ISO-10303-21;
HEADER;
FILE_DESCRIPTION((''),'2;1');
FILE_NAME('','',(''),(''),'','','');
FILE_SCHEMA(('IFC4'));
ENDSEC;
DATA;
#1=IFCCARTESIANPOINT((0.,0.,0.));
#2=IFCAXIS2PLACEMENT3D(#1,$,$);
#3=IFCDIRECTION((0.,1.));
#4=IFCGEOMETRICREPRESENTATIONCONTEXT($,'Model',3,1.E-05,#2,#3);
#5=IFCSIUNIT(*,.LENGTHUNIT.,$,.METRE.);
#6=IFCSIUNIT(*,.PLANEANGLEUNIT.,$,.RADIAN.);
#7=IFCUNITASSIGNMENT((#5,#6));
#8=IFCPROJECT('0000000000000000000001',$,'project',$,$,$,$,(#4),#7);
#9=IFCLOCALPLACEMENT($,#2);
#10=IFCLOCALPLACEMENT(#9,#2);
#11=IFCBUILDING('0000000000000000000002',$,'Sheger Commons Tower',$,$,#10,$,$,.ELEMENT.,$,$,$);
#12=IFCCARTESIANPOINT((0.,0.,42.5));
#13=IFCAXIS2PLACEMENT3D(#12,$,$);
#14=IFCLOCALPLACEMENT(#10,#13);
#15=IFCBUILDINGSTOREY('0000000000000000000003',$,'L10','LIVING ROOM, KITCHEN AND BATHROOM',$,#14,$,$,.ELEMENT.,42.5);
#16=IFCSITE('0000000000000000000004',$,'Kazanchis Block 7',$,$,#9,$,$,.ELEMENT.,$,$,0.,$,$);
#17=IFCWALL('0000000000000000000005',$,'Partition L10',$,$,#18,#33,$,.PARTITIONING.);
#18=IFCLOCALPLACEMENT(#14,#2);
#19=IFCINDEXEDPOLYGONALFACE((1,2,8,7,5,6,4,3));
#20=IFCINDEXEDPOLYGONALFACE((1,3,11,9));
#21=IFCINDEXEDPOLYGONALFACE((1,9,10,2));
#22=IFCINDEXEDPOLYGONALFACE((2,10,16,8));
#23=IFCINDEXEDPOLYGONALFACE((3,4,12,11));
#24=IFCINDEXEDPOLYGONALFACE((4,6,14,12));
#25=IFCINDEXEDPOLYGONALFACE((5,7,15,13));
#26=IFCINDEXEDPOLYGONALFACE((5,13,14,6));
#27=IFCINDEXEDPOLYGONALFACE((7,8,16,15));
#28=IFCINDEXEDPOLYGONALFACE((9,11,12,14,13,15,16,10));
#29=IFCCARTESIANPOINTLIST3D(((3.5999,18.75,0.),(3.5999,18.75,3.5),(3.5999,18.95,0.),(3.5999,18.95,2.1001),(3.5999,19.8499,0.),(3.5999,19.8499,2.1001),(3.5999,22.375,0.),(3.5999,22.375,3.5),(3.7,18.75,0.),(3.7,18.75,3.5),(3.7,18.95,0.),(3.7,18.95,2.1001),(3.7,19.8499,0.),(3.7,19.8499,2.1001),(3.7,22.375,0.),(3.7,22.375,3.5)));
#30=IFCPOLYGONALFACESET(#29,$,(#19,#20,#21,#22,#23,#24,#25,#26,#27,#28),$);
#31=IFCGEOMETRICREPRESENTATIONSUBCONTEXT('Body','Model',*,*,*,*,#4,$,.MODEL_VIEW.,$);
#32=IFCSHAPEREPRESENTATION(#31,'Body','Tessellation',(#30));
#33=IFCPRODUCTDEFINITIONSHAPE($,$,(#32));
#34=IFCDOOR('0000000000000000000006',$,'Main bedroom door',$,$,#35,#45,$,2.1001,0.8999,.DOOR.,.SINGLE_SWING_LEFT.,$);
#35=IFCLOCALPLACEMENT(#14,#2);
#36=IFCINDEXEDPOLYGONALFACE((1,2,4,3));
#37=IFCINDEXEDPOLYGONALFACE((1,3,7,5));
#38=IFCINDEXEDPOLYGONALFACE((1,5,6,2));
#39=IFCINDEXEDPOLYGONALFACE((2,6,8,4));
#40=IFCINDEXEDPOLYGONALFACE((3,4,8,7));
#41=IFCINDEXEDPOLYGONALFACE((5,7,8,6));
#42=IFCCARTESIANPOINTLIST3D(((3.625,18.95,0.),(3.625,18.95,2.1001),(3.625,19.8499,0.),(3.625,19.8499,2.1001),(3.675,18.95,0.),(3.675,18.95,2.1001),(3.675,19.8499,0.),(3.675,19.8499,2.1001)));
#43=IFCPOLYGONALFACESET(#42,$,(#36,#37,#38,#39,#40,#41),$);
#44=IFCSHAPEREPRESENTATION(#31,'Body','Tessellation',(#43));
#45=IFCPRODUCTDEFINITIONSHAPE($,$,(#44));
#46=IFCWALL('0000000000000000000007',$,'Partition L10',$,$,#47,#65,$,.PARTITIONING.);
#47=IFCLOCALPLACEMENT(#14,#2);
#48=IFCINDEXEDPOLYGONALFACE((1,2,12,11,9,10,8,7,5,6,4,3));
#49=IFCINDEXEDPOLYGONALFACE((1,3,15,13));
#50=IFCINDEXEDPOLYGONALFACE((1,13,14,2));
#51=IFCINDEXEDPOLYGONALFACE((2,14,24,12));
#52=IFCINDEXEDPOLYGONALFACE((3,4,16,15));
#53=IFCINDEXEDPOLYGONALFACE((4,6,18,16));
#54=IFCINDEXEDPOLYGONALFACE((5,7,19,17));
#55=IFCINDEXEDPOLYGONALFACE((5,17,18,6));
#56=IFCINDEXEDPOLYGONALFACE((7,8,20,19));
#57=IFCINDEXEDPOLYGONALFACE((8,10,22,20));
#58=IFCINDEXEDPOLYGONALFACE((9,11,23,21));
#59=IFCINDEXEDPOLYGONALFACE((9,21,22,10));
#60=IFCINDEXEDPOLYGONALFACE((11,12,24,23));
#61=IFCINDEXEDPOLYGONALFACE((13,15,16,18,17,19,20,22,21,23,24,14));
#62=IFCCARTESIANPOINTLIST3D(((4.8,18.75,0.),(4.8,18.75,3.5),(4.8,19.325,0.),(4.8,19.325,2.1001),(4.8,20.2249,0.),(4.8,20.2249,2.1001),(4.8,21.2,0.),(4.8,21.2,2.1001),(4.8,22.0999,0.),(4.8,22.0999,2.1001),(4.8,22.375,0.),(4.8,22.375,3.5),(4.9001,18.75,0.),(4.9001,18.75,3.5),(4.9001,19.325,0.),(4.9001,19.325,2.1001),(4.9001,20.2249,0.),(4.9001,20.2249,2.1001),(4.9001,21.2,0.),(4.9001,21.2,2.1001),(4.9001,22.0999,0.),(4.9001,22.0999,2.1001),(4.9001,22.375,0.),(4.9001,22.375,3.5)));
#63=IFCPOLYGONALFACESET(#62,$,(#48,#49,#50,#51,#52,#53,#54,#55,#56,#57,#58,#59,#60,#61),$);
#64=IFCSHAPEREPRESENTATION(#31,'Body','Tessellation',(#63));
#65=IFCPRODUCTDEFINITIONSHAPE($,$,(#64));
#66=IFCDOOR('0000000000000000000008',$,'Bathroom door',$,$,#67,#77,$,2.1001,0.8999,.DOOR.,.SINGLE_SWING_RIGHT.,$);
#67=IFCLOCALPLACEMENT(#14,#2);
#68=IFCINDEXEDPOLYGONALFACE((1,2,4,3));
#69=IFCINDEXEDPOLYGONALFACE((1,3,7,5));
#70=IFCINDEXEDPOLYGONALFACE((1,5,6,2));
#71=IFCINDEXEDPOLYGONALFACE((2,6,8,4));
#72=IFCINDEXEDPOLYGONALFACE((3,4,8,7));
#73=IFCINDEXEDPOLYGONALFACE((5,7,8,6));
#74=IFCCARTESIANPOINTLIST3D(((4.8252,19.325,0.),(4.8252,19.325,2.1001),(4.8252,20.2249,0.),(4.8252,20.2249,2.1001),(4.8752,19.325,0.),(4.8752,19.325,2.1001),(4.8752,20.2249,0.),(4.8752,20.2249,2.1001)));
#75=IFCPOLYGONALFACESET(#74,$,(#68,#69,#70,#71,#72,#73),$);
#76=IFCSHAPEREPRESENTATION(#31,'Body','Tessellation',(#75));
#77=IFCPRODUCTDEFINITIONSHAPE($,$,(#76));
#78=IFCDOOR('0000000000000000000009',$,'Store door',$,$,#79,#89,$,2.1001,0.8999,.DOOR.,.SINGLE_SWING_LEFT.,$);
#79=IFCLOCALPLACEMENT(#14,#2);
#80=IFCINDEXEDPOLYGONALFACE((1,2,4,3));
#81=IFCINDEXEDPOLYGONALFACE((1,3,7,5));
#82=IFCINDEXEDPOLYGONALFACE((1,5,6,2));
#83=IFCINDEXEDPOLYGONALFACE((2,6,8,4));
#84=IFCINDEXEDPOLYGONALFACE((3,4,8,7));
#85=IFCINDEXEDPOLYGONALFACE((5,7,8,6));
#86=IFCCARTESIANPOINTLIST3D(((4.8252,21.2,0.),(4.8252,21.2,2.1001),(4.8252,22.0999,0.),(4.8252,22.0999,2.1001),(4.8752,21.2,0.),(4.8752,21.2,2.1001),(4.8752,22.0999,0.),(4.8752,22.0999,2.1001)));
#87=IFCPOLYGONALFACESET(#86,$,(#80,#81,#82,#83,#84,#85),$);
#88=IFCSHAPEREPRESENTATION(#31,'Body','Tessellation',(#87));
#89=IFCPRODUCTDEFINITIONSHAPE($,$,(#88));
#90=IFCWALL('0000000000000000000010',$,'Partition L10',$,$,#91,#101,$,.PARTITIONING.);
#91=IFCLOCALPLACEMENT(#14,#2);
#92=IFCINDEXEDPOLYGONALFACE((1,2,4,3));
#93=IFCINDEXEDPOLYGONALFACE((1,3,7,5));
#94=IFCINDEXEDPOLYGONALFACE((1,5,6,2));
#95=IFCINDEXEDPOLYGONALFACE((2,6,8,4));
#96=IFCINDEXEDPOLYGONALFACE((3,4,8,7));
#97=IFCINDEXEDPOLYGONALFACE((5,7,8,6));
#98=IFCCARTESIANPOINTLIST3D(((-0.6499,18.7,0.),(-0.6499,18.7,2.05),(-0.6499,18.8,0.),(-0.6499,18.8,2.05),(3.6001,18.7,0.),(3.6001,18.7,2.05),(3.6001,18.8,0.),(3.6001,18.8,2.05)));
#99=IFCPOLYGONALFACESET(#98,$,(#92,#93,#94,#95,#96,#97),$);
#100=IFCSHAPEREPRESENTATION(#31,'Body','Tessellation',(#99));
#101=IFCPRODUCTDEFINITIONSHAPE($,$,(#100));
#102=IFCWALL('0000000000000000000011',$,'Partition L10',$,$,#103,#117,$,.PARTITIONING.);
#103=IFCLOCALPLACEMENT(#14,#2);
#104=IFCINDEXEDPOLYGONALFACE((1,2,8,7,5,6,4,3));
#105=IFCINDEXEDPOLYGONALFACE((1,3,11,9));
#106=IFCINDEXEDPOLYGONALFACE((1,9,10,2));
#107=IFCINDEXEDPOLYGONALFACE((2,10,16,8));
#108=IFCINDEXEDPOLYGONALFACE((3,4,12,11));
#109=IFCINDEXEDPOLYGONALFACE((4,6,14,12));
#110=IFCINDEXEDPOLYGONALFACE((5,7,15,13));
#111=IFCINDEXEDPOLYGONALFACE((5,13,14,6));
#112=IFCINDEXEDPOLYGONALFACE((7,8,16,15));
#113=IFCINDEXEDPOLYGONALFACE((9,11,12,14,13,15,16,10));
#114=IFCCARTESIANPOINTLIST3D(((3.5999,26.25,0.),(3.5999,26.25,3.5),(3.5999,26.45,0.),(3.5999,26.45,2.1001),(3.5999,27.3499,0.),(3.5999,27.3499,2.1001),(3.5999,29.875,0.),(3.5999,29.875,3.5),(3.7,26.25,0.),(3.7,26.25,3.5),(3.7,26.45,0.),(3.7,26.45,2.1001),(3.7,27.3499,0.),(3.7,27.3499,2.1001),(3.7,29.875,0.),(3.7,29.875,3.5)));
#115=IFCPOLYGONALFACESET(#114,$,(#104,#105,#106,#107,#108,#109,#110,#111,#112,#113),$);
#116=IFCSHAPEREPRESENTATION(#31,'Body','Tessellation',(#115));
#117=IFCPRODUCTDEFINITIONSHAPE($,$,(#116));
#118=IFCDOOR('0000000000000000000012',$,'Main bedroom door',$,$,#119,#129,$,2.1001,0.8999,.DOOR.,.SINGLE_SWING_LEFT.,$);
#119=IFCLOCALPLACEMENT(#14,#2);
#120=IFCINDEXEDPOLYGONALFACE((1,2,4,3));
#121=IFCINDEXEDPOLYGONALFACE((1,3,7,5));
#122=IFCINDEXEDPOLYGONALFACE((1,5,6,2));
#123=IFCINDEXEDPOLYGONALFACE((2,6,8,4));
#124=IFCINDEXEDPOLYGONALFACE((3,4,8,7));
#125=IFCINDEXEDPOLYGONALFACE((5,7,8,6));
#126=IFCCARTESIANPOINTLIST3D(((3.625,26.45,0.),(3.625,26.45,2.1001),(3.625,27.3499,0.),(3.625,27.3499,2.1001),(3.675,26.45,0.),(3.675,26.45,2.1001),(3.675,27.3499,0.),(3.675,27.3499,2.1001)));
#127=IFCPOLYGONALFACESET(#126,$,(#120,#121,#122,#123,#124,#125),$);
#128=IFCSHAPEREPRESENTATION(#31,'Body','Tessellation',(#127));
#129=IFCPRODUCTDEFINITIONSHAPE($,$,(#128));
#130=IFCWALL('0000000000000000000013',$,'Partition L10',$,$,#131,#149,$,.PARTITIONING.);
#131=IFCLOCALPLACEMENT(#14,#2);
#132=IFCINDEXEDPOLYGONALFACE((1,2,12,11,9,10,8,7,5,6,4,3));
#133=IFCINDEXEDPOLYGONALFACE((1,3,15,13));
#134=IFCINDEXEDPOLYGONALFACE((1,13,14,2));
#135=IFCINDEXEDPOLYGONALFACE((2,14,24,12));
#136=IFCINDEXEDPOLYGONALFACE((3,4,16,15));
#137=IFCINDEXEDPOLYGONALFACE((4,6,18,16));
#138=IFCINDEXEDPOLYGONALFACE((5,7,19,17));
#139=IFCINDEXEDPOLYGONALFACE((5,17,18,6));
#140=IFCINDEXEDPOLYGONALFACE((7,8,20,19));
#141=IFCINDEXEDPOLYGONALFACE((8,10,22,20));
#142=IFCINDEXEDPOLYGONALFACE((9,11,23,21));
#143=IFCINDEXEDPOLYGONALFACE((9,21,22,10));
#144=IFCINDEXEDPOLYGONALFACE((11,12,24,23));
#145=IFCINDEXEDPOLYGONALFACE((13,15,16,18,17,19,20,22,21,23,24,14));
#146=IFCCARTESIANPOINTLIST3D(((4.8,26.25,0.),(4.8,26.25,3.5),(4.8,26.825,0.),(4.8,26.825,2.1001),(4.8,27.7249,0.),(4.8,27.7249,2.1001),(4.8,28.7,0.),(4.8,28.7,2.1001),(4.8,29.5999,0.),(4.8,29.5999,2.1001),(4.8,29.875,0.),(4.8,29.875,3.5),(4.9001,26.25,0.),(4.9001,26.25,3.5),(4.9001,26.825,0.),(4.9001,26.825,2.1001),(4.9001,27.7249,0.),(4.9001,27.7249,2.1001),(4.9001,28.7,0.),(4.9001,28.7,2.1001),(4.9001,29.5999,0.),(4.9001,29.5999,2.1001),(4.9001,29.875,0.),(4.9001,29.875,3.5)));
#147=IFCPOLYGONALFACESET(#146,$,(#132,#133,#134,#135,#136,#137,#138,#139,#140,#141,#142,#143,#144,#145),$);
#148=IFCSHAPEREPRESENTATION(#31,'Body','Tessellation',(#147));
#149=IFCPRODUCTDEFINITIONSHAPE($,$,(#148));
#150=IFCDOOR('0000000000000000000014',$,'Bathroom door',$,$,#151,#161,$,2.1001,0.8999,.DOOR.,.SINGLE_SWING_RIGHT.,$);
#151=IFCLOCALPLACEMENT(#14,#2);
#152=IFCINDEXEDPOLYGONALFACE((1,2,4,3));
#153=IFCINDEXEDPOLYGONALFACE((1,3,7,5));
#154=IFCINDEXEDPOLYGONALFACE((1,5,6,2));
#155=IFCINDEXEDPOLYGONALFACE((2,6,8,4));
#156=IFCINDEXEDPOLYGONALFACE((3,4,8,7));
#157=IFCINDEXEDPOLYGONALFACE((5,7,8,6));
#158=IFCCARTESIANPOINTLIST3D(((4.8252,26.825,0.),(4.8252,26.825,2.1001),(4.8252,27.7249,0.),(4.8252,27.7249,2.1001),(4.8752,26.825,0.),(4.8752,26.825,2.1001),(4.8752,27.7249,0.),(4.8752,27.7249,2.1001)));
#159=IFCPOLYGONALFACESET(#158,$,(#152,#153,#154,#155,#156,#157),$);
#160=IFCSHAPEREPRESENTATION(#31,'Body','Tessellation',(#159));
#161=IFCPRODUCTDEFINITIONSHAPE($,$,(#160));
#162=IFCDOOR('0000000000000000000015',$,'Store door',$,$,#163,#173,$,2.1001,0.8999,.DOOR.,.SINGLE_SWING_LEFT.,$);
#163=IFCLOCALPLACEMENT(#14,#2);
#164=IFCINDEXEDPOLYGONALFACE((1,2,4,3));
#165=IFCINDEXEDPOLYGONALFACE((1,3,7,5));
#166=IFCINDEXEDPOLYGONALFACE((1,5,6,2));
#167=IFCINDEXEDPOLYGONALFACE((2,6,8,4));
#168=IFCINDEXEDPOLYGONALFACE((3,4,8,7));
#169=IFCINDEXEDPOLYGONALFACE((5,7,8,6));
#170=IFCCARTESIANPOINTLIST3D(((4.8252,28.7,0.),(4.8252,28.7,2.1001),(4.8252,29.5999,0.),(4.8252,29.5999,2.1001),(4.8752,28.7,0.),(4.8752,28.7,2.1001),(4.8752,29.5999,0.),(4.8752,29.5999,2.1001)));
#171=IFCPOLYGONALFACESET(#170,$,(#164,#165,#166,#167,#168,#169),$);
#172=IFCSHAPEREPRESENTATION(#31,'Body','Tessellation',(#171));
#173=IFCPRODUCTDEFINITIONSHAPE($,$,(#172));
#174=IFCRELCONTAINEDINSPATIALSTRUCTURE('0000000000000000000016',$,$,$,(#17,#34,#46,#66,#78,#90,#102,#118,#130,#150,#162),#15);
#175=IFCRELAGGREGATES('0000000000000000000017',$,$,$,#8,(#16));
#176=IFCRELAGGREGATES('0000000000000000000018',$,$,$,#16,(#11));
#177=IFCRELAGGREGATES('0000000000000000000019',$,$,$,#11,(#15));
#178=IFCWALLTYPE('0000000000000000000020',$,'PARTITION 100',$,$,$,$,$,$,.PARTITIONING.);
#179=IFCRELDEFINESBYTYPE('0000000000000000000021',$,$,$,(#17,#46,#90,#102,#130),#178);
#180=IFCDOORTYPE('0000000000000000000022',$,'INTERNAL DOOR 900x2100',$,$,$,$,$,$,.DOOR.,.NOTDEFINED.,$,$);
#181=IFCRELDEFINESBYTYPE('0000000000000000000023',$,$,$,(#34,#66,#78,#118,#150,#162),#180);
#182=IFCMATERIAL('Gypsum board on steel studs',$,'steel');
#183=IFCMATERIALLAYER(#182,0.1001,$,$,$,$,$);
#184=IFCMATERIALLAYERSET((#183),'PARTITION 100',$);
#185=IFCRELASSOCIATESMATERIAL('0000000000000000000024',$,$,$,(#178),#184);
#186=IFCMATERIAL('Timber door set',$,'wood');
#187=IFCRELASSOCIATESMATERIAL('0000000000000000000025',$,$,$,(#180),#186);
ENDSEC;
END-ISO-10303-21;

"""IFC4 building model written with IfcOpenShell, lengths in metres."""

from ifc_helpers import new_model, si_unit, direction, frame, frame_2d, origin, place, context, subcontext, project, spatial, rectangle, extrude, material, layer, layer_set, type_object, element, fill, save


model = new_model("IFC4")

# Units and contexts
model_context = context("Model", 3, precision=1e-05, world=origin(), true_north=direction((0.0, 1.0)))
body_context = subcontext(model_context, "Body", "Model", "MODEL_VIEW")
ifc_project = project(units=[si_unit("LENGTHUNIT", "METRE"), si_unit("PLANEANGLEUNIT", "RADIAN")], contexts=[model_context])

# Site, building, storey
site_placement = place(None, origin())
site = spatial("IfcSite", under=ifc_project, at=site_placement, Name="Kazanchis Block 7", CompositionType="ELEMENT", RefElevation=0.0)
building_placement = place(site_placement, origin())
building = spatial("IfcBuilding", under=site, at=building_placement, Name="Sheger Commons Tower", CompositionType="ELEMENT")
storey_placement = place(building_placement, frame((0.0, 0.0, 42.5)))
storey = spatial("IfcBuildingStorey", under=building, at=storey_placement, Name="L10", Description="LIVING ROOM, KITCHEN AND BATHROOM", CompositionType="ELEMENT", Elevation=42.5)

# Wall, opening, door
ifc_material_1 = material(Name="Gypsum board on steel studs", Category="steel")
ifc_layer_1 = layer(ifc_material_1, 0.1001)
ifc_layer_set_1 = layer_set([ifc_layer_1], Name="PARTITION 100")
wall_type_1 = type_object("IfcWallType", Name="PARTITION 100", PredefinedType="PARTITIONING", material=ifc_layer_set_1)
wall_1_placement = place(storey_placement, frame((3.6499, 18.75, 0.0), z_axis=(0.0, 0.0, 1.0), x_axis=(0.0, 1.0, 0.0)))
wall_1 = element("IfcWall", 1, at=wall_1_placement, inside=storey, type_object=wall_type_1, Name="Partition L10", PredefinedType="PARTITIONING", context=body_context, shape_type="SweptSolid", body=[
    extrude(rectangle(XDim=3.625, YDim=0.1001, at=frame_2d((1.8125, 0.0))), origin(), (0.0, 0.0, 1.0), 3.5),
])
opening_1_placement = place(wall_1_placement, frame((0.2, 0.0, 0.0)))
opening_1 = element("IfcOpeningElement", 2, at=opening_1_placement, cuts=wall_1, PredefinedType="OPENING", context=body_context, shape_type="SweptSolid", body=[
    extrude(rectangle(XDim=0.8999, YDim=2.1001, at=frame_2d((0.45, 1.05))), frame((0.0, 0.0601, 0.0), z_axis=(0.0, -1.0, 0.0), x_axis=(1.0, 0.0, 0.0)), (0.0, 0.0, 1.0), 0.1201),
])
ifc_material_2 = material(Name="Timber door set", Category="wood")
door_type = type_object("IfcDoorType", Name="INTERNAL DOOR 900x2100", OperationType="NOTDEFINED", PredefinedType="DOOR", material=ifc_material_2)
door_1_placement = place(opening_1_placement, origin())
door_1 = element("IfcDoor", 3, at=door_1_placement, inside=storey, type_object=door_type, Name="Main bedroom door", OperationType="SINGLE_SWING_LEFT", OverallHeight=2.1001, OverallWidth=0.8999, PredefinedType="DOOR", context=body_context, shape_type="SweptSolid", body=[
    extrude(rectangle(XDim=0.8999, YDim=2.1001, at=frame_2d((0.45, 1.05))), frame((0.0, 0.0249, 0.0), z_axis=(0.0, -1.0, 0.0), x_axis=(1.0, 0.0, 0.0)), (0.0, 0.0, 1.0), 0.05),
])
fill(opening_1, door_1)

# Wall, openings, doors
wall_2_placement = place(storey_placement, frame((4.8501, 18.75, 0.0), z_axis=(0.0, 0.0, 1.0), x_axis=(0.0, 1.0, 0.0)))
wall_2 = element("IfcWall", 4, at=wall_2_placement, inside=storey, type_object=wall_type_1, Name="Partition L10", PredefinedType="PARTITIONING", context=body_context, shape_type="SweptSolid", body=[
    extrude(rectangle(XDim=3.625, YDim=0.1001, at=frame_2d((1.8125, 0.0))), origin(), (0.0, 0.0, 1.0), 3.5),
])
opening_2_placement = place(wall_2_placement, frame((0.575, 0.0, 0.0)))
opening_2 = element("IfcOpeningElement", 5, at=opening_2_placement, cuts=wall_2, PredefinedType="OPENING", context=body_context, shape_type="SweptSolid", body=[
    extrude(rectangle(XDim=0.8999, YDim=2.1001, at=frame_2d((0.45, 1.05))), frame((0.0, 0.0601, 0.0), z_axis=(0.0, -1.0, 0.0), x_axis=(1.0, 0.0, 0.0)), (0.0, 0.0, 1.0), 0.1201),
])
opening_3_placement = place(wall_2_placement, frame((2.45, 0.0, 0.0)))
opening_3 = element("IfcOpeningElement", 6, at=opening_3_placement, cuts=wall_2, PredefinedType="OPENING", context=body_context, shape_type="SweptSolid", body=[
    extrude(rectangle(XDim=0.8999, YDim=2.1001, at=frame_2d((0.45, 1.05))), frame((0.0, 0.0601, 0.0), z_axis=(0.0, -1.0, 0.0), x_axis=(1.0, 0.0, 0.0)), (0.0, 0.0, 1.0), 0.1201),
])
door_2_placement = place(opening_2_placement, origin())
door_2 = element("IfcDoor", 7, at=door_2_placement, inside=storey, type_object=door_type, Name="Bathroom door", OperationType="SINGLE_SWING_RIGHT", OverallHeight=2.1001, OverallWidth=0.8999, PredefinedType="DOOR", context=body_context, shape_type="SweptSolid", body=[
    extrude(rectangle(XDim=0.8999, YDim=2.1001, at=frame_2d((0.45, 1.05))), frame((0.0, 0.0249, 0.0), z_axis=(0.0, -1.0, 0.0), x_axis=(1.0, 0.0, 0.0)), (0.0, 0.0, 1.0), 0.05),
])
fill(opening_2, door_2)
door_3_placement = place(opening_3_placement, origin())
door_3 = element("IfcDoor", 8, at=door_3_placement, inside=storey, type_object=door_type, Name="Store door", OperationType="SINGLE_SWING_LEFT", OverallHeight=2.1001, OverallWidth=0.8999, PredefinedType="DOOR", context=body_context, shape_type="SweptSolid", body=[
    extrude(rectangle(XDim=0.8999, YDim=2.1001, at=frame_2d((0.45, 1.05))), frame((0.0, 0.0249, 0.0), z_axis=(0.0, -1.0, 0.0), x_axis=(1.0, 0.0, 0.0)), (0.0, 0.0, 1.0), 0.05),
])
fill(opening_3, door_3)

# Wall
wall_3_placement = place(storey_placement, frame((-0.6499, 18.75, 0.0), z_axis=(0.0, 0.0, 1.0), x_axis=(1.0, 0.0, 0.0)))
element("IfcWall", 9, at=wall_3_placement, inside=storey, type_object=wall_type_1, Name="Partition L10", PredefinedType="PARTITIONING", context=body_context, shape_type="SweptSolid", body=[
    extrude(rectangle(XDim=4.25, YDim=0.1001, at=frame_2d((2.125, 0.0))), origin(), (0.0, 0.0, 1.0), 2.05),
])

# Wall, opening, door
wall_4_placement = place(storey_placement, frame((3.6499, 26.25, 0.0), z_axis=(0.0, 0.0, 1.0), x_axis=(0.0, 1.0, 0.0)))
wall_4 = element("IfcWall", 10, at=wall_4_placement, inside=storey, type_object=wall_type_1, Name="Partition L10", PredefinedType="PARTITIONING", context=body_context, shape_type="SweptSolid", body=[
    extrude(rectangle(XDim=3.625, YDim=0.1001, at=frame_2d((1.8125, 0.0))), origin(), (0.0, 0.0, 1.0), 3.5),
])
opening_4_placement = place(wall_4_placement, frame((0.2, 0.0, 0.0)))
opening_4 = element("IfcOpeningElement", 11, at=opening_4_placement, cuts=wall_4, PredefinedType="OPENING", context=body_context, shape_type="SweptSolid", body=[
    extrude(rectangle(XDim=0.8999, YDim=2.1001, at=frame_2d((0.45, 1.05))), frame((0.0, 0.0601, 0.0), z_axis=(0.0, -1.0, 0.0), x_axis=(1.0, 0.0, 0.0)), (0.0, 0.0, 1.0), 0.1201),
])
door_4_placement = place(opening_4_placement, origin())
door_4 = element("IfcDoor", 12, at=door_4_placement, inside=storey, type_object=door_type, Name="Main bedroom door", OperationType="SINGLE_SWING_LEFT", OverallHeight=2.1001, OverallWidth=0.8999, PredefinedType="DOOR", context=body_context, shape_type="SweptSolid", body=[
    extrude(rectangle(XDim=0.8999, YDim=2.1001, at=frame_2d((0.45, 1.05))), frame((0.0, 0.0249, 0.0), z_axis=(0.0, -1.0, 0.0), x_axis=(1.0, 0.0, 0.0)), (0.0, 0.0, 1.0), 0.05),
])
fill(opening_4, door_4)

# Wall, openings, doors
wall_5_placement = place(storey_placement, frame((4.8501, 26.25, 0.0), z_axis=(0.0, 0.0, 1.0), x_axis=(0.0, 1.0, 0.0)))
wall_5 = element("IfcWall", 13, at=wall_5_placement, inside=storey, type_object=wall_type_1, Name="Partition L10", PredefinedType="PARTITIONING", context=body_context, shape_type="SweptSolid", body=[
    extrude(rectangle(XDim=3.625, YDim=0.1001, at=frame_2d((1.8125, 0.0))), origin(), (0.0, 0.0, 1.0), 3.5),
])
opening_5_placement = place(wall_5_placement, frame((0.575, 0.0, 0.0)))
opening_5 = element("IfcOpeningElement", 14, at=opening_5_placement, cuts=wall_5, PredefinedType="OPENING", context=body_context, shape_type="SweptSolid", body=[
    extrude(rectangle(XDim=0.8999, YDim=2.1001, at=frame_2d((0.45, 1.05))), frame((0.0, 0.0601, 0.0), z_axis=(0.0, -1.0, 0.0), x_axis=(1.0, 0.0, 0.0)), (0.0, 0.0, 1.0), 0.1201),
])
opening_6_placement = place(wall_5_placement, frame((2.45, 0.0, 0.0)))
opening_6 = element("IfcOpeningElement", 15, at=opening_6_placement, cuts=wall_5, PredefinedType="OPENING", context=body_context, shape_type="SweptSolid", body=[
    extrude(rectangle(XDim=0.8999, YDim=2.1001, at=frame_2d((0.45, 1.05))), frame((0.0, 0.0601, 0.0), z_axis=(0.0, -1.0, 0.0), x_axis=(1.0, 0.0, 0.0)), (0.0, 0.0, 1.0), 0.1201),
])
door_5_placement = place(opening_5_placement, origin())
door_5 = element("IfcDoor", 16, at=door_5_placement, inside=storey, type_object=door_type, Name="Bathroom door", OperationType="SINGLE_SWING_RIGHT", OverallHeight=2.1001, OverallWidth=0.8999, PredefinedType="DOOR", context=body_context, shape_type="SweptSolid", body=[
    extrude(rectangle(XDim=0.8999, YDim=2.1001, at=frame_2d((0.45, 1.05))), frame((0.0, 0.0249, 0.0), z_axis=(0.0, -1.0, 0.0), x_axis=(1.0, 0.0, 0.0)), (0.0, 0.0, 1.0), 0.05),
])
fill(opening_5, door_5)
door_6_placement = place(opening_6_placement, origin())
door_6 = element("IfcDoor", 17, at=door_6_placement, inside=storey, type_object=door_type, Name="Store door", OperationType="SINGLE_SWING_LEFT", OverallHeight=2.1001, OverallWidth=0.8999, PredefinedType="DOOR", context=body_context, shape_type="SweptSolid", body=[
    extrude(rectangle(XDim=0.8999, YDim=2.1001, at=frame_2d((0.45, 1.05))), frame((0.0, 0.0249, 0.0), z_axis=(0.0, -1.0, 0.0), x_axis=(1.0, 0.0, 0.0)), (0.0, 0.0, 1.0), 0.05),
])
fill(opening_6, door_6)

save(model, "model.ifc")
